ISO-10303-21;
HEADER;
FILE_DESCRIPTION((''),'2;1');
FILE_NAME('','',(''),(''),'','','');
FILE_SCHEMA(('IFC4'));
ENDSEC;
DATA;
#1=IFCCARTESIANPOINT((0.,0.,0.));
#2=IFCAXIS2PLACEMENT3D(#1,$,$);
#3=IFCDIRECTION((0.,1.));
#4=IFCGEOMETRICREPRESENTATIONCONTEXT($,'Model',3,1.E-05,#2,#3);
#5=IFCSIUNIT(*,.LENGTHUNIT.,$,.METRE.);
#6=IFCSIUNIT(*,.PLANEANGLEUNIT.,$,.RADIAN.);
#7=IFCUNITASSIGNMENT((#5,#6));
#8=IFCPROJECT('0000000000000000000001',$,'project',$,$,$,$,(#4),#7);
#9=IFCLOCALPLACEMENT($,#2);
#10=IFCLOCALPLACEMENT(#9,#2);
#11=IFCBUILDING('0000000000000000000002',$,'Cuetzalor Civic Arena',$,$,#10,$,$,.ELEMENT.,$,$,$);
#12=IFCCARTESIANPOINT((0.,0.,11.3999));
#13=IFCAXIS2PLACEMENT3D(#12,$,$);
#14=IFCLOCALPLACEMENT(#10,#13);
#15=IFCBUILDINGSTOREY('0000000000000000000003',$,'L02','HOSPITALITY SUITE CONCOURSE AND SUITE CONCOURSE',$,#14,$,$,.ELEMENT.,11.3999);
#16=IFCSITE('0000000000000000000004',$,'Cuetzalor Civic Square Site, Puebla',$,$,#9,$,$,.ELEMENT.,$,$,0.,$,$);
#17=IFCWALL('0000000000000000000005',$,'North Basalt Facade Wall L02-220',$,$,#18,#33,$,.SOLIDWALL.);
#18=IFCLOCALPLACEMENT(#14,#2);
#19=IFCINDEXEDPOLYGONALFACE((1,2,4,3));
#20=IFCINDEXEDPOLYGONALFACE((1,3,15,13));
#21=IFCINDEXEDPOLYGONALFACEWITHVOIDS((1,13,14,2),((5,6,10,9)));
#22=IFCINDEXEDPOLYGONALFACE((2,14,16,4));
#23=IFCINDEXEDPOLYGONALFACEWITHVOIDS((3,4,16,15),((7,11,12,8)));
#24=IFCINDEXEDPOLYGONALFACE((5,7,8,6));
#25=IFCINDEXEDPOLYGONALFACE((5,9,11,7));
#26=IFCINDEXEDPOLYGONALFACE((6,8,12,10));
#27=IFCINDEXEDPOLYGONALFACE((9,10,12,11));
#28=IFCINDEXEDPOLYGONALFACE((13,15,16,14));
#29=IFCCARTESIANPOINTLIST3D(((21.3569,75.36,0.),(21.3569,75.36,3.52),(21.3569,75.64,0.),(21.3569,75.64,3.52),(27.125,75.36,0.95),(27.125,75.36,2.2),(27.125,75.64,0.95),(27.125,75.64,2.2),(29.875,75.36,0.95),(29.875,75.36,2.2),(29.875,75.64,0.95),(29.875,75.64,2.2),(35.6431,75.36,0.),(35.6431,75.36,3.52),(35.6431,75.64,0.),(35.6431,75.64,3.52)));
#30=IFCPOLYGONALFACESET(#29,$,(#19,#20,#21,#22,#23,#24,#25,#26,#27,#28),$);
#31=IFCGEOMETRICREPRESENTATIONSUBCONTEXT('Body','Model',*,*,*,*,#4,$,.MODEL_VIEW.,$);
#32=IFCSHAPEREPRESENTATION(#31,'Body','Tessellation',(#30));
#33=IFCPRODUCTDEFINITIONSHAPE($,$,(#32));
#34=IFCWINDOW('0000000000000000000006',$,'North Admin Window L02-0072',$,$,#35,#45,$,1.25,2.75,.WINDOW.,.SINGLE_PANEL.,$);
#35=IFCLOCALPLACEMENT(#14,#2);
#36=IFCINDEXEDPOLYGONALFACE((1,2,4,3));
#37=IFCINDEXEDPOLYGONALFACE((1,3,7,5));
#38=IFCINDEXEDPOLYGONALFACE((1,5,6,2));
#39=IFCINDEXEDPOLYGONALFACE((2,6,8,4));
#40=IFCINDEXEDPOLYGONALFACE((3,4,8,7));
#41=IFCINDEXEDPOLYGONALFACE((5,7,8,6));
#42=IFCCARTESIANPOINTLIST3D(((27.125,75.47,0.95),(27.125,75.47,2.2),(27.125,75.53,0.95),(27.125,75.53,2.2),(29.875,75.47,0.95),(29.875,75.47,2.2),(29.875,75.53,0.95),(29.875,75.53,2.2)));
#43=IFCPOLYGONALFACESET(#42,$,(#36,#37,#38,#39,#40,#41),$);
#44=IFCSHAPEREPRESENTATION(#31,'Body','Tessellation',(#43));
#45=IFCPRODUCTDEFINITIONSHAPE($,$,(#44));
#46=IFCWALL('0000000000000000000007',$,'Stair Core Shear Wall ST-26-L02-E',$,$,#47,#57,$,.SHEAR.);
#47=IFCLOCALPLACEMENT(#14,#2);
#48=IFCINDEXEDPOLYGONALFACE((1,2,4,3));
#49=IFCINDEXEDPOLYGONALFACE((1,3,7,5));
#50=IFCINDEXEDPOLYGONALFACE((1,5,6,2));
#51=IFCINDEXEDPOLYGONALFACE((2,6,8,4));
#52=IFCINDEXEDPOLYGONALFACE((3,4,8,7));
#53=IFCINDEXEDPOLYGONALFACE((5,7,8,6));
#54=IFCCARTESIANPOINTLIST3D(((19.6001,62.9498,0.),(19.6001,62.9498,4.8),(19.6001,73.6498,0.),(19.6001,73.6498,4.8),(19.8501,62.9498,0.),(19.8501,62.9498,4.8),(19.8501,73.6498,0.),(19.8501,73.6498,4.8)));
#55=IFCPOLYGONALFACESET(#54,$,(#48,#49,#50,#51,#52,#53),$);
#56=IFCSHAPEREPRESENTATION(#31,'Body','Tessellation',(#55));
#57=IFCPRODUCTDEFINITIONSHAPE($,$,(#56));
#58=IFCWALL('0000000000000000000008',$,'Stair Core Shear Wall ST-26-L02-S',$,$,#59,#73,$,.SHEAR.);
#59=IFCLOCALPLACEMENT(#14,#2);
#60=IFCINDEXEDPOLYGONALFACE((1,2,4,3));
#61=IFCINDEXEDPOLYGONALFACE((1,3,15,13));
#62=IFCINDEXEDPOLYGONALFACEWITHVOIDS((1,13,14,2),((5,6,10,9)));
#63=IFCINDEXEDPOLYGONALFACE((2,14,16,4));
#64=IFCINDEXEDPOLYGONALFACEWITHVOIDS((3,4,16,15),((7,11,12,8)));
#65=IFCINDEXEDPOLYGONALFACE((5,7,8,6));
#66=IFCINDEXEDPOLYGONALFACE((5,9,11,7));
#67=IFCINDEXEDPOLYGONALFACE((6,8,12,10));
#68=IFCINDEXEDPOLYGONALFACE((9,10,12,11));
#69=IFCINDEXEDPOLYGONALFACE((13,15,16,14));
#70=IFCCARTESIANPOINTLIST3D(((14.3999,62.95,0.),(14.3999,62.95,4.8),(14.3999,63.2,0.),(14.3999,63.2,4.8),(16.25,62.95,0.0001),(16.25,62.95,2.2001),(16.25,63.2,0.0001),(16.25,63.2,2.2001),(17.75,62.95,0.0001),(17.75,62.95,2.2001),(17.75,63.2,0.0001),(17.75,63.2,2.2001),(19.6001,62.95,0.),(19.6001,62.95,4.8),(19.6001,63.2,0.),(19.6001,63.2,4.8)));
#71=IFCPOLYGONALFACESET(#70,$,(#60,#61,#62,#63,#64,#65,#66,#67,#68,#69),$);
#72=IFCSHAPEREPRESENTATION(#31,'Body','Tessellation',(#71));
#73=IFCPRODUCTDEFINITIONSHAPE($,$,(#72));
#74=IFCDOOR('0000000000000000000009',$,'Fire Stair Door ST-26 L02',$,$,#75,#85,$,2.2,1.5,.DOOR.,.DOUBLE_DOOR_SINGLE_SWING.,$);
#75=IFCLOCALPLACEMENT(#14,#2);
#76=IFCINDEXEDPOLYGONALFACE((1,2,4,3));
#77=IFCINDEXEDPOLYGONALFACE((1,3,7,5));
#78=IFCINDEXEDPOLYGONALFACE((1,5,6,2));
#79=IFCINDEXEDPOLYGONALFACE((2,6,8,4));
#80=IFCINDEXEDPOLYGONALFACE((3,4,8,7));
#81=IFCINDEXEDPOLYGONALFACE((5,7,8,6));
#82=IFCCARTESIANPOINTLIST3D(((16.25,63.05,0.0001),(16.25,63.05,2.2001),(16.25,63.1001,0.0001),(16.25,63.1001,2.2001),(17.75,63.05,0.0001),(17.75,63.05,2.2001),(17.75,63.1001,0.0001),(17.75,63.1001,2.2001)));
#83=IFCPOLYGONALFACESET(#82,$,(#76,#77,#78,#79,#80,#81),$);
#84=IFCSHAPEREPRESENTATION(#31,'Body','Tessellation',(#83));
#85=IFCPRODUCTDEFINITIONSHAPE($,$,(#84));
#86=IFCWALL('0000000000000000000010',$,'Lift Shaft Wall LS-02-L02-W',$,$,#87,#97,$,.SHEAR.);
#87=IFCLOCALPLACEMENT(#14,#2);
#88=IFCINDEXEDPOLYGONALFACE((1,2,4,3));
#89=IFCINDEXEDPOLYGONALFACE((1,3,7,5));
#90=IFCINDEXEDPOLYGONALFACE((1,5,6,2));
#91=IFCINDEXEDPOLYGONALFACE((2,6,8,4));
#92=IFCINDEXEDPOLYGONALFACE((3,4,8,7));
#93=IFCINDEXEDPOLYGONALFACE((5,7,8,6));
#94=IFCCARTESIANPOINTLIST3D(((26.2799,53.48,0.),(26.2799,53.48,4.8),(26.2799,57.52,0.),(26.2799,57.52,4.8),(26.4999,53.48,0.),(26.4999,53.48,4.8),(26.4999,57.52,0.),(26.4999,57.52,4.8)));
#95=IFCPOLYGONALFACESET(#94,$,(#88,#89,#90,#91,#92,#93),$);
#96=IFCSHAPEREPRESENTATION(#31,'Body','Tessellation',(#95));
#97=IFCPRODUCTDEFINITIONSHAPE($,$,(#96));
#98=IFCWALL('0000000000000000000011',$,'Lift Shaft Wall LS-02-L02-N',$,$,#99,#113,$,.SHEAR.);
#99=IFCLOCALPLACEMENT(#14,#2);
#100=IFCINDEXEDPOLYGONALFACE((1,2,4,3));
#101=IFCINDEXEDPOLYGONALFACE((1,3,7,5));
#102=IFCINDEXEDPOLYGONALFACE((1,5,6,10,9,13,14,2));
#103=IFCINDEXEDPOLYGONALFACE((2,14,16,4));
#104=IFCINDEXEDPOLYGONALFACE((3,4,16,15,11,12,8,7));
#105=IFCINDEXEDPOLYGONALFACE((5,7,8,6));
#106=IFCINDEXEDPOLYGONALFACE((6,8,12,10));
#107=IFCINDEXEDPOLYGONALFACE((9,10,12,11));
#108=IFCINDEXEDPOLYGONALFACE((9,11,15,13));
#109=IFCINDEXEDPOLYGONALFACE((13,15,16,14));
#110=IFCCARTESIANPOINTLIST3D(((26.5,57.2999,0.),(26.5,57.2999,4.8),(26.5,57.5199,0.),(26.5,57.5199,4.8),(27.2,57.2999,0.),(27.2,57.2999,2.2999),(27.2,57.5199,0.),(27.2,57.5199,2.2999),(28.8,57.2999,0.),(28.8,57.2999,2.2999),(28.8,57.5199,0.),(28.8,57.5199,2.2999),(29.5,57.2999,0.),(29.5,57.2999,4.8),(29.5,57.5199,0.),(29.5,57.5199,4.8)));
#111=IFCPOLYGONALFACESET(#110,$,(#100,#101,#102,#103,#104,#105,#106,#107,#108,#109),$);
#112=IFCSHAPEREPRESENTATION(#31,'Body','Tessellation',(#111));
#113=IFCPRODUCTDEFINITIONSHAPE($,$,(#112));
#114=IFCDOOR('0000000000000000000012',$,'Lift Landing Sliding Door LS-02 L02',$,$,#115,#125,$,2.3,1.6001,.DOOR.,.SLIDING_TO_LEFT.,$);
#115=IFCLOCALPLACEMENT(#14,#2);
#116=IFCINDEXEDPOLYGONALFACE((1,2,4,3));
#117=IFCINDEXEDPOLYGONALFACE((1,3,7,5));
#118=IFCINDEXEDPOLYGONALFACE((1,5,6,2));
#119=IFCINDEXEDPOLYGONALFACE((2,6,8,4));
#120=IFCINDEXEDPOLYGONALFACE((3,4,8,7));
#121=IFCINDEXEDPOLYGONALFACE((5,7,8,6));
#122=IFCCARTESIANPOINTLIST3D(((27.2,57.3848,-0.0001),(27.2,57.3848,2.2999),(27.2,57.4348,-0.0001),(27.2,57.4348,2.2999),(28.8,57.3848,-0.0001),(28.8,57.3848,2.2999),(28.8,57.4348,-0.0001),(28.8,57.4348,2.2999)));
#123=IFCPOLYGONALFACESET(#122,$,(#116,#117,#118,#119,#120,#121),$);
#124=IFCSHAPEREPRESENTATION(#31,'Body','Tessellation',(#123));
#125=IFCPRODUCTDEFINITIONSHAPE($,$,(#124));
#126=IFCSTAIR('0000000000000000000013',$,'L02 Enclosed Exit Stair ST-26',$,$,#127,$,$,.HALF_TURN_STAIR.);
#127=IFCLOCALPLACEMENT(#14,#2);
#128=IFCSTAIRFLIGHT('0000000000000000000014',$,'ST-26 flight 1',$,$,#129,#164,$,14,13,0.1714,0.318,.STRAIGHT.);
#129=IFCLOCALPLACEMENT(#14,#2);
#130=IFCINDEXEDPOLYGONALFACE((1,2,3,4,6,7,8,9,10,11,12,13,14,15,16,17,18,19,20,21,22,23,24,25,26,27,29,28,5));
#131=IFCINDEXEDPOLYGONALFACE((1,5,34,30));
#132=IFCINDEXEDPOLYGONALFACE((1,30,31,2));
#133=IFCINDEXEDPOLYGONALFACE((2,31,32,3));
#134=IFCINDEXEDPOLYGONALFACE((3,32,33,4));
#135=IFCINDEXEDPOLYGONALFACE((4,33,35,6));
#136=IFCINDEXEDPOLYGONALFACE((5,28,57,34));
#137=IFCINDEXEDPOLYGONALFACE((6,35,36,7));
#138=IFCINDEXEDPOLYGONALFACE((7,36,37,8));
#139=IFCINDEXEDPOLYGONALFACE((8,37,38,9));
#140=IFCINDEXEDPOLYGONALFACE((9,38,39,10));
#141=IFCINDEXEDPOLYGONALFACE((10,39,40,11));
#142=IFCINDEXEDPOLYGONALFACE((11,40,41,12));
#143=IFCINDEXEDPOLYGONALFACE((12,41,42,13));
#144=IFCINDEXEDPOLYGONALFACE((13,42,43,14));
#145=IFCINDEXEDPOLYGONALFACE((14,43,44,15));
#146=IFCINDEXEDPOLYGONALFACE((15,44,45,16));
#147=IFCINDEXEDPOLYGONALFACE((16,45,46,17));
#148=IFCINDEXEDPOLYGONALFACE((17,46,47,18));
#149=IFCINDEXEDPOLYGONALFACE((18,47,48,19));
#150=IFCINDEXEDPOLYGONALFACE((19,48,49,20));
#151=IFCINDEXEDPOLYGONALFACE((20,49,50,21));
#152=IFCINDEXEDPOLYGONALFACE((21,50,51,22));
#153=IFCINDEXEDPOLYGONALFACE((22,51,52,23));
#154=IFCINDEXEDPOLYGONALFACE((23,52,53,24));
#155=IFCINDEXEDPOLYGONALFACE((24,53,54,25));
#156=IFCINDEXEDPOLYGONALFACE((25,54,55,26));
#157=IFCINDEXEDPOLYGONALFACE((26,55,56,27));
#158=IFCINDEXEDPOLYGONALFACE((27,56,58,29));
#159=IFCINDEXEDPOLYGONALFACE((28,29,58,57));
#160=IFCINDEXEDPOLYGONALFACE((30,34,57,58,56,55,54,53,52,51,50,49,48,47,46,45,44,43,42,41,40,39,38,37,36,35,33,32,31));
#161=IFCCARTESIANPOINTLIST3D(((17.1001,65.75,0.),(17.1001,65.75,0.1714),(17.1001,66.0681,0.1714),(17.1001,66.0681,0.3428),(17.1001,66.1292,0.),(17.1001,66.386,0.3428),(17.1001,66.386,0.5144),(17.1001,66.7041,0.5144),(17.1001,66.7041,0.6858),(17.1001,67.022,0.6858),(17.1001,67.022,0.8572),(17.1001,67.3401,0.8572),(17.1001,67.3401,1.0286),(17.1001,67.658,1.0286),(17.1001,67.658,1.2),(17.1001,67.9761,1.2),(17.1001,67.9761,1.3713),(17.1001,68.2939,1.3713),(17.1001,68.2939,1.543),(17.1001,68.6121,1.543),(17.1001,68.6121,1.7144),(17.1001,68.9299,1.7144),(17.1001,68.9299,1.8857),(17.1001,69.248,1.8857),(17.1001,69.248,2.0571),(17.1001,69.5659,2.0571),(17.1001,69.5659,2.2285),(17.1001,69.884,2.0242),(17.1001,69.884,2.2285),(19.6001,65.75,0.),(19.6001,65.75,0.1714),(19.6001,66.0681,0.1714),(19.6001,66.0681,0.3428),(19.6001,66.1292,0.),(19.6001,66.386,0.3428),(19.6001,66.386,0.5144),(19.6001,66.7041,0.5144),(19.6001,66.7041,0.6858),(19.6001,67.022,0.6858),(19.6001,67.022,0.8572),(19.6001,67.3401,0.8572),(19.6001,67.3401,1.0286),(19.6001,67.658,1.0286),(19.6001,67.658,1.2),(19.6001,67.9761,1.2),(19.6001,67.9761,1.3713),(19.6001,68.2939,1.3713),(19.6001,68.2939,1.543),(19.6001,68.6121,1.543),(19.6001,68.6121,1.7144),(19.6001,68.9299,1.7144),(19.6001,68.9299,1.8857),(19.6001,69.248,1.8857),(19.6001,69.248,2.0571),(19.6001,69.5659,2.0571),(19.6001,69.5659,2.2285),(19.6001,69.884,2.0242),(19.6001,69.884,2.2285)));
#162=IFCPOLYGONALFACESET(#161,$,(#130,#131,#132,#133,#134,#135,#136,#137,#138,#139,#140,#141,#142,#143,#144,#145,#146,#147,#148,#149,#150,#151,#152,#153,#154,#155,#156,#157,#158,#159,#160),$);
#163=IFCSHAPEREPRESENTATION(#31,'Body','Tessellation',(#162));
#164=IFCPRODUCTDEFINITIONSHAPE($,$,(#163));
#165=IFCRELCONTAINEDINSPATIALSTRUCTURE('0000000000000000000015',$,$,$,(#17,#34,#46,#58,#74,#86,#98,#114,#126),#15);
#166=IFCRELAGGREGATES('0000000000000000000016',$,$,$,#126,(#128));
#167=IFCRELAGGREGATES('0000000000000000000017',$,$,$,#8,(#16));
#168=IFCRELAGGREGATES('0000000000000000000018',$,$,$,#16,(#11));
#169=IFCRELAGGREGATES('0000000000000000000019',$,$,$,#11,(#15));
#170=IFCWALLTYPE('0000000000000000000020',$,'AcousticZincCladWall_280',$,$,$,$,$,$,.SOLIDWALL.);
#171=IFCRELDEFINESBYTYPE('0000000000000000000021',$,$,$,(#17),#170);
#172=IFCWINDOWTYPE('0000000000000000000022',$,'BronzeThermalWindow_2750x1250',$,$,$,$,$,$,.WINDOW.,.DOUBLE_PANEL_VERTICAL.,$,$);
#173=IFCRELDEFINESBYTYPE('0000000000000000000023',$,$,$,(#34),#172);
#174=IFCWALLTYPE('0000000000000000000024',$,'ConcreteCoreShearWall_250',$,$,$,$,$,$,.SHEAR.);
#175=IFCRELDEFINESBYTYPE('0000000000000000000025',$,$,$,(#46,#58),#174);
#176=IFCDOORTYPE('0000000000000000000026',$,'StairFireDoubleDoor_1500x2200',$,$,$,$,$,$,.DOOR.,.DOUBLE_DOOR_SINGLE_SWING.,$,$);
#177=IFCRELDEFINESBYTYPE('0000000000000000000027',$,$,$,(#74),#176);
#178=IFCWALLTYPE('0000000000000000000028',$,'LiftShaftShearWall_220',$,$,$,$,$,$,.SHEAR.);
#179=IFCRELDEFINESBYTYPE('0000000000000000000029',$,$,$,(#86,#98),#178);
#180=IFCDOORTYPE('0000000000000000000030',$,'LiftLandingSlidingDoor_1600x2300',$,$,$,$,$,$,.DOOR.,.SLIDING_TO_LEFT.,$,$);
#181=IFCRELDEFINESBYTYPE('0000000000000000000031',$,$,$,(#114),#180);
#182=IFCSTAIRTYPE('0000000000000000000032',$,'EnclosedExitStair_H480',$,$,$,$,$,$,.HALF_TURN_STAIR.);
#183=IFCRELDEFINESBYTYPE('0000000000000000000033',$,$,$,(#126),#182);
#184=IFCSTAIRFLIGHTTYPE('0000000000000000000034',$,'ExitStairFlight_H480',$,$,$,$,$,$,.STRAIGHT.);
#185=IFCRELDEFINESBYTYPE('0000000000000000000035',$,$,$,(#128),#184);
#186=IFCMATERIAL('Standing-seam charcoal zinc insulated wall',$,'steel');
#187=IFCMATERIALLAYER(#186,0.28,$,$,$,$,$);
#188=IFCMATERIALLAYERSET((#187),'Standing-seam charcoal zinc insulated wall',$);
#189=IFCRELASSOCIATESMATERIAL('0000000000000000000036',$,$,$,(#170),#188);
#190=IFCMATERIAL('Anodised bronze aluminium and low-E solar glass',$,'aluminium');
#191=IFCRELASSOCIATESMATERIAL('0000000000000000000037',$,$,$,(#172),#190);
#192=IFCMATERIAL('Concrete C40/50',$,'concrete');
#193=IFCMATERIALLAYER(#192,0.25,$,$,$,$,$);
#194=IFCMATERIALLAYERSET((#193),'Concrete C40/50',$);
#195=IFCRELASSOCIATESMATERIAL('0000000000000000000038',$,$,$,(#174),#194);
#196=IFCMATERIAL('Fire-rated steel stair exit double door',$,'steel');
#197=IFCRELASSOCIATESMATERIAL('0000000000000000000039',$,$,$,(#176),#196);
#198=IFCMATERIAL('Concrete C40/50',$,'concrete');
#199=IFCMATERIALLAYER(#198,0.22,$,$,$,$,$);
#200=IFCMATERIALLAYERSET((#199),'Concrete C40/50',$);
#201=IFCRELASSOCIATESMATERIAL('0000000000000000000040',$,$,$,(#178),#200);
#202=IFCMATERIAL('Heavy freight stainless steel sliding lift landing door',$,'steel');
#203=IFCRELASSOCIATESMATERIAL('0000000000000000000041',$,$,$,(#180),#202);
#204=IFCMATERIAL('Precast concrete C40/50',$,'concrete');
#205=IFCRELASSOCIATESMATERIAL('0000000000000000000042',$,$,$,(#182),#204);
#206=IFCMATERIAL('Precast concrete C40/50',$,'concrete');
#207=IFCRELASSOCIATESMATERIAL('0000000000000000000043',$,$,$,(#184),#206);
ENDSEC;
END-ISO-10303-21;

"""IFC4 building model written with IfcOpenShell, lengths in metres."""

from ifc_helpers import new_model, si_unit, direction, frame, frame_2d, origin, place, context, subcontext, project, spatial, polyline, rectangle, outline, extrude, material, layer, layer_set, type_object, element, fill, aggregate, save


model = new_model("IFC4")

# Units and contexts
model_context = context("Model", 3, precision=1e-05, world=origin(), true_north=direction((0.0, 1.0)))
body_context = subcontext(model_context, "Body", "Model", "MODEL_VIEW")
ifc_project = project(units=[si_unit("LENGTHUNIT", "METRE"), si_unit("PLANEANGLEUNIT", "RADIAN")], contexts=[model_context])

# Site, building, storey
site_placement = place(None, origin())
site = spatial("IfcSite", under=ifc_project, at=site_placement, Name="Cuetzalor Civic Square Site, Puebla", CompositionType="ELEMENT", RefElevation=0.0)
building_placement = place(site_placement, origin())
building = spatial("IfcBuilding", under=site, at=building_placement, Name="Cuetzalor Civic Arena", CompositionType="ELEMENT")
storey_placement = place(building_placement, frame((0.0, 0.0, 11.3999)))
storey = spatial("IfcBuildingStorey", under=building, at=storey_placement, Name="L02", Description="HOSPITALITY SUITE CONCOURSE AND SUITE CONCOURSE", CompositionType="ELEMENT", Elevation=11.3999)

# Wall, opening, window
ifc_material_1 = material(Name="Standing-seam charcoal zinc insulated wall", Category="steel")
ifc_layer_1 = layer(ifc_material_1, 0.28)
ifc_layer_set_1 = layer_set([ifc_layer_1], Name="Standing-seam charcoal zinc insulated wall")
wall_type_1 = type_object("IfcWallType", Name="AcousticZincCladWall_280", PredefinedType="SOLIDWALL", material=ifc_layer_set_1)
wall_1_placement = place(storey_placement, frame((21.3569, 75.5, 0.0), z_axis=(0.0, 0.0, 1.0), x_axis=(1.0, 0.0, 0.0)))
wall_1 = element("IfcWall", 1, at=wall_1_placement, inside=storey, type_object=wall_type_1, Name="North Basalt Facade Wall L02-220", PredefinedType="SOLIDWALL", context=body_context, shape_type="SweptSolid", body=[
    extrude(rectangle(XDim=14.2861, YDim=0.28, at=frame_2d((7.1431, 0.0))), origin(), (0.0, 0.0, 1.0), 3.52),
])
opening_1_placement = place(wall_1_placement, frame((5.7681, 0.0, 0.95)))
opening_1 = element("IfcOpeningElement", 2, at=opening_1_placement, cuts=wall_1, PredefinedType="OPENING", context=body_context, shape_type="SweptSolid", body=[
    extrude(rectangle(XDim=2.75, YDim=1.25, at=frame_2d((1.375, 0.625))), frame((0.0, 0.1499, 0.0), z_axis=(0.0, -1.0, 0.0), x_axis=(1.0, 0.0, 0.0)), (0.0, 0.0, 1.0), 0.3),
])
ifc_material_2 = material(Name="Anodised bronze aluminium and low-E solar glass", Category="aluminium")
window_type = type_object("IfcWindowType", Name="BronzeThermalWindow_2750x1250", PartitioningType="DOUBLE_PANEL_VERTICAL", PredefinedType="WINDOW", material=ifc_material_2)
window_placement = place(opening_1_placement, origin())
window = element("IfcWindow", 3, at=window_placement, inside=storey, type_object=window_type, Name="North Admin Window L02-0072", OverallHeight=1.25, OverallWidth=2.75, PartitioningType="SINGLE_PANEL", PredefinedType="WINDOW", context=body_context, shape_type="SweptSolid", body=[
    extrude(rectangle(XDim=2.75, YDim=1.25, at=frame_2d((1.375, 0.625))), frame((0.0, 0.03, 0.0), z_axis=(0.0, -1.0, 0.0), x_axis=(1.0, 0.0, 0.0)), (0.0, 0.0, 1.0), 0.0601),
])
fill(opening_1, window)

# Wall
ifc_material_3 = material(Name="Concrete C40/50", Category="concrete")
ifc_layer_2 = layer(ifc_material_3, 0.25)
ifc_layer_set_2 = layer_set([ifc_layer_2], Name="Concrete C40/50")
wall_type_2 = type_object("IfcWallType", Name="ConcreteCoreShearWall_250", PredefinedType="SHEAR", material=ifc_layer_set_2)
wall_2_placement = place(storey_placement, frame((19.7251, 73.6499, 0.0), z_axis=(0.0, 0.0, 1.0), x_axis=(0.0, -1.0, 0.0)))
element("IfcWall", 4, at=wall_2_placement, inside=storey, type_object=wall_type_2, Name="Stair Core Shear Wall ST-26-L02-E", PredefinedType="SHEAR", context=body_context, shape_type="SweptSolid", body=[
    extrude(rectangle(XDim=10.7, YDim=0.25, at=frame_2d((5.3501, 0.0))), origin(), (0.0, 0.0, 1.0), 4.8),
])

# Wall, opening, door
wall_3_placement = place(storey_placement, frame((19.6001, 63.075, 0.0), z_axis=(0.0, 0.0, 1.0), x_axis=(-1.0, 0.0, 0.0)))
wall_3 = element("IfcWall", 5, at=wall_3_placement, inside=storey, type_object=wall_type_2, Name="Stair Core Shear Wall ST-26-L02-S", PredefinedType="SHEAR", context=body_context, shape_type="SweptSolid", body=[
    extrude(rectangle(XDim=5.2002, YDim=0.25, at=frame_2d((2.6001, 0.0))), origin(), (0.0, 0.0, 1.0), 4.8),
])
opening_2_placement = place(wall_3_placement, frame((1.8501, 0.0, 0.0)))
opening_2 = element("IfcOpeningElement", 6, at=opening_2_placement, cuts=wall_3, PredefinedType="OPENING", context=body_context, shape_type="SweptSolid", body=[
    extrude(rectangle(XDim=1.5, YDim=2.2, at=frame_2d((0.75, 1.1001))), frame((0.0, 0.135, 0.0), z_axis=(0.0, -1.0, 0.0), x_axis=(1.0, 0.0, 0.0)), (0.0, 0.0, 1.0), 0.27),
])
ifc_material_4 = material(Name="Fire-rated steel stair exit double door", Category="steel")
door_type_1 = type_object("IfcDoorType", Name="StairFireDoubleDoor_1500x2200", OperationType="DOUBLE_DOOR_SINGLE_SWING", PredefinedType="DOOR", material=ifc_material_4)
door_1_placement = place(opening_2_placement, origin())
door_1 = element("IfcDoor", 7, at=door_1_placement, inside=storey, type_object=door_type_1, Name="Fire Stair Door ST-26 L02", OperationType="DOUBLE_DOOR_SINGLE_SWING", OverallHeight=2.2, OverallWidth=1.5, PredefinedType="DOOR", context=body_context, shape_type="SweptSolid", body=[
    extrude(rectangle(XDim=1.5, YDim=2.2, at=frame_2d((0.75, 1.1001))), frame((0.0, 0.0249, 0.0), z_axis=(0.0, -1.0, 0.0), x_axis=(1.0, 0.0, 0.0)), (0.0, 0.0, 1.0), 0.05),
])
fill(opening_2, door_1)

# Wall
ifc_material_5 = material(Name="Concrete C40/50", Category="concrete")
ifc_layer_3 = layer(ifc_material_5, 0.22)
ifc_layer_set_3 = layer_set([ifc_layer_3], Name="Concrete C40/50")
wall_type_3 = type_object("IfcWallType", Name="LiftShaftShearWall_220", PredefinedType="SHEAR", material=ifc_layer_set_3)
wall_4_placement = place(storey_placement, frame((26.3899, 53.48, 0.0), z_axis=(0.0, 0.0, 1.0), x_axis=(0.0, 1.0, 0.0)))
element("IfcWall", 8, at=wall_4_placement, inside=storey, type_object=wall_type_3, Name="Lift Shaft Wall LS-02-L02-W", PredefinedType="SHEAR", context=body_context, shape_type="SweptSolid", body=[
    extrude(rectangle(XDim=4.04, YDim=0.22, at=frame_2d((2.02, 0.0))), origin(), (0.0, 0.0, 1.0), 4.8),
])

# Wall, opening, door
wall_5_placement = place(storey_placement, frame((26.5, 57.4099, 0.0), z_axis=(0.0, 0.0, 1.0), x_axis=(1.0, 0.0, 0.0)))
wall_5 = element("IfcWall", 9, at=wall_5_placement, inside=storey, type_object=wall_type_3, Name="Lift Shaft Wall LS-02-L02-N", PredefinedType="SHEAR", context=body_context, shape_type="SweptSolid", body=[
    extrude(rectangle(XDim=3.0, YDim=0.22, at=frame_2d((1.5, 0.0))), origin(), (0.0, 0.0, 1.0), 4.8),
])
opening_3_placement = place(wall_5_placement, frame((0.7, 0.0, 0.0)))
opening_3 = element("IfcOpeningElement", 10, at=opening_3_placement, cuts=wall_5, PredefinedType="OPENING", context=body_context, shape_type="SweptSolid", body=[
    extrude(rectangle(XDim=1.6001, YDim=2.3, at=frame_2d((0.8, 1.1499))), frame((0.0, 0.1201, 0.0), z_axis=(0.0, -1.0, 0.0), x_axis=(1.0, 0.0, 0.0)), (0.0, 0.0, 1.0), 0.24),
])
ifc_material_6 = material(Name="Heavy freight stainless steel sliding lift landing door", Category="steel")
door_type_2 = type_object("IfcDoorType", Name="LiftLandingSlidingDoor_1600x2300", OperationType="SLIDING_TO_LEFT", PredefinedType="DOOR", material=ifc_material_6)
door_2_placement = place(opening_3_placement, origin())
door_2 = element("IfcDoor", 11, at=door_2_placement, inside=storey, type_object=door_type_2, Name="Lift Landing Sliding Door LS-02 L02", OperationType="SLIDING_TO_LEFT", OverallHeight=2.3, OverallWidth=1.6001, PredefinedType="DOOR", context=body_context, shape_type="SweptSolid", body=[
    extrude(rectangle(XDim=1.6001, YDim=2.3, at=frame_2d((0.8, 1.1499))), frame((0.0, 0.0249, 0.0), z_axis=(0.0, -1.0, 0.0), x_axis=(1.0, 0.0, 0.0)), (0.0, 0.0, 1.0), 0.05),
])
fill(opening_3, door_2)

# Stair, stair flight
ifc_material_7 = material(Name="Precast concrete C40/50", Category="concrete")
stair_type = type_object("IfcStairType", Name="EnclosedExitStair_H480", PredefinedType="HALF_TURN_STAIR", material=ifc_material_7)
stair_placement = place(storey_placement, origin())
stair = element("IfcStair", 12, at=stair_placement, inside=storey, type_object=stair_type, Name="L02 Enclosed Exit Stair ST-26", PredefinedType="HALF_TURN_STAIR")
ifc_material_8 = material(Name="Precast concrete C40/50", Category="concrete")
stair_flight_type = type_object("IfcStairFlightType", Name="ExitStairFlight_H480", PredefinedType="STRAIGHT", material=ifc_material_8)
stair_flight_1_placement = place(storey_placement, frame((18.3501, 65.75, 0.0), z_axis=(0.0, 0.0, 1.0), x_axis=(0.0, 1.0, 0.0)))
stair_flight_1 = element("IfcStairFlight", 13, at=stair_flight_1_placement, type_object=stair_flight_type, Name="ST-26 flight 1", NumberOfRisers=14, NumberOfTreads=13, PredefinedType="STRAIGHT", RiserHeight=0.1714, TreadLength=0.318, context=body_context, shape_type="SweptSolid", body=[
    extrude(outline(polyline([(0.0, 0.0), (0.0, 0.1714), (0.3181, 0.1714), (0.3181, 0.3428), (0.636, 0.3428), (0.636, 0.5144), (0.9541, 0.5144), (0.9541, 0.6858), (1.272, 0.6858), (1.272, 0.8572), (1.5901, 0.8572), (1.5901, 1.0286), (1.908, 1.0286), (1.908, 1.2), (2.2261, 1.2), (2.2261, 1.3713), (2.5439, 1.3713), (2.5439, 1.543), (2.8621, 1.543), (2.8621, 1.7144), (3.1799, 1.7144), (3.1799, 1.8857), (3.498, 1.8857), (3.498, 2.0571), (3.8159, 2.0571), (3.8159, 2.2285), (4.134, 2.2285), (4.134, 2.3999), (4.134, 2.0242), (0.3792, 0.0), (0.0, 0.0)])), frame((0.0, 1.25, 0.0), z_axis=(0.0, -1.0, 0.0), x_axis=(1.0, 0.0, 0.0)), (0.0, 0.0, 1.0), 2.5),
])
aggregate(stair, [stair_flight_1])

save(model, "model.ifc")
